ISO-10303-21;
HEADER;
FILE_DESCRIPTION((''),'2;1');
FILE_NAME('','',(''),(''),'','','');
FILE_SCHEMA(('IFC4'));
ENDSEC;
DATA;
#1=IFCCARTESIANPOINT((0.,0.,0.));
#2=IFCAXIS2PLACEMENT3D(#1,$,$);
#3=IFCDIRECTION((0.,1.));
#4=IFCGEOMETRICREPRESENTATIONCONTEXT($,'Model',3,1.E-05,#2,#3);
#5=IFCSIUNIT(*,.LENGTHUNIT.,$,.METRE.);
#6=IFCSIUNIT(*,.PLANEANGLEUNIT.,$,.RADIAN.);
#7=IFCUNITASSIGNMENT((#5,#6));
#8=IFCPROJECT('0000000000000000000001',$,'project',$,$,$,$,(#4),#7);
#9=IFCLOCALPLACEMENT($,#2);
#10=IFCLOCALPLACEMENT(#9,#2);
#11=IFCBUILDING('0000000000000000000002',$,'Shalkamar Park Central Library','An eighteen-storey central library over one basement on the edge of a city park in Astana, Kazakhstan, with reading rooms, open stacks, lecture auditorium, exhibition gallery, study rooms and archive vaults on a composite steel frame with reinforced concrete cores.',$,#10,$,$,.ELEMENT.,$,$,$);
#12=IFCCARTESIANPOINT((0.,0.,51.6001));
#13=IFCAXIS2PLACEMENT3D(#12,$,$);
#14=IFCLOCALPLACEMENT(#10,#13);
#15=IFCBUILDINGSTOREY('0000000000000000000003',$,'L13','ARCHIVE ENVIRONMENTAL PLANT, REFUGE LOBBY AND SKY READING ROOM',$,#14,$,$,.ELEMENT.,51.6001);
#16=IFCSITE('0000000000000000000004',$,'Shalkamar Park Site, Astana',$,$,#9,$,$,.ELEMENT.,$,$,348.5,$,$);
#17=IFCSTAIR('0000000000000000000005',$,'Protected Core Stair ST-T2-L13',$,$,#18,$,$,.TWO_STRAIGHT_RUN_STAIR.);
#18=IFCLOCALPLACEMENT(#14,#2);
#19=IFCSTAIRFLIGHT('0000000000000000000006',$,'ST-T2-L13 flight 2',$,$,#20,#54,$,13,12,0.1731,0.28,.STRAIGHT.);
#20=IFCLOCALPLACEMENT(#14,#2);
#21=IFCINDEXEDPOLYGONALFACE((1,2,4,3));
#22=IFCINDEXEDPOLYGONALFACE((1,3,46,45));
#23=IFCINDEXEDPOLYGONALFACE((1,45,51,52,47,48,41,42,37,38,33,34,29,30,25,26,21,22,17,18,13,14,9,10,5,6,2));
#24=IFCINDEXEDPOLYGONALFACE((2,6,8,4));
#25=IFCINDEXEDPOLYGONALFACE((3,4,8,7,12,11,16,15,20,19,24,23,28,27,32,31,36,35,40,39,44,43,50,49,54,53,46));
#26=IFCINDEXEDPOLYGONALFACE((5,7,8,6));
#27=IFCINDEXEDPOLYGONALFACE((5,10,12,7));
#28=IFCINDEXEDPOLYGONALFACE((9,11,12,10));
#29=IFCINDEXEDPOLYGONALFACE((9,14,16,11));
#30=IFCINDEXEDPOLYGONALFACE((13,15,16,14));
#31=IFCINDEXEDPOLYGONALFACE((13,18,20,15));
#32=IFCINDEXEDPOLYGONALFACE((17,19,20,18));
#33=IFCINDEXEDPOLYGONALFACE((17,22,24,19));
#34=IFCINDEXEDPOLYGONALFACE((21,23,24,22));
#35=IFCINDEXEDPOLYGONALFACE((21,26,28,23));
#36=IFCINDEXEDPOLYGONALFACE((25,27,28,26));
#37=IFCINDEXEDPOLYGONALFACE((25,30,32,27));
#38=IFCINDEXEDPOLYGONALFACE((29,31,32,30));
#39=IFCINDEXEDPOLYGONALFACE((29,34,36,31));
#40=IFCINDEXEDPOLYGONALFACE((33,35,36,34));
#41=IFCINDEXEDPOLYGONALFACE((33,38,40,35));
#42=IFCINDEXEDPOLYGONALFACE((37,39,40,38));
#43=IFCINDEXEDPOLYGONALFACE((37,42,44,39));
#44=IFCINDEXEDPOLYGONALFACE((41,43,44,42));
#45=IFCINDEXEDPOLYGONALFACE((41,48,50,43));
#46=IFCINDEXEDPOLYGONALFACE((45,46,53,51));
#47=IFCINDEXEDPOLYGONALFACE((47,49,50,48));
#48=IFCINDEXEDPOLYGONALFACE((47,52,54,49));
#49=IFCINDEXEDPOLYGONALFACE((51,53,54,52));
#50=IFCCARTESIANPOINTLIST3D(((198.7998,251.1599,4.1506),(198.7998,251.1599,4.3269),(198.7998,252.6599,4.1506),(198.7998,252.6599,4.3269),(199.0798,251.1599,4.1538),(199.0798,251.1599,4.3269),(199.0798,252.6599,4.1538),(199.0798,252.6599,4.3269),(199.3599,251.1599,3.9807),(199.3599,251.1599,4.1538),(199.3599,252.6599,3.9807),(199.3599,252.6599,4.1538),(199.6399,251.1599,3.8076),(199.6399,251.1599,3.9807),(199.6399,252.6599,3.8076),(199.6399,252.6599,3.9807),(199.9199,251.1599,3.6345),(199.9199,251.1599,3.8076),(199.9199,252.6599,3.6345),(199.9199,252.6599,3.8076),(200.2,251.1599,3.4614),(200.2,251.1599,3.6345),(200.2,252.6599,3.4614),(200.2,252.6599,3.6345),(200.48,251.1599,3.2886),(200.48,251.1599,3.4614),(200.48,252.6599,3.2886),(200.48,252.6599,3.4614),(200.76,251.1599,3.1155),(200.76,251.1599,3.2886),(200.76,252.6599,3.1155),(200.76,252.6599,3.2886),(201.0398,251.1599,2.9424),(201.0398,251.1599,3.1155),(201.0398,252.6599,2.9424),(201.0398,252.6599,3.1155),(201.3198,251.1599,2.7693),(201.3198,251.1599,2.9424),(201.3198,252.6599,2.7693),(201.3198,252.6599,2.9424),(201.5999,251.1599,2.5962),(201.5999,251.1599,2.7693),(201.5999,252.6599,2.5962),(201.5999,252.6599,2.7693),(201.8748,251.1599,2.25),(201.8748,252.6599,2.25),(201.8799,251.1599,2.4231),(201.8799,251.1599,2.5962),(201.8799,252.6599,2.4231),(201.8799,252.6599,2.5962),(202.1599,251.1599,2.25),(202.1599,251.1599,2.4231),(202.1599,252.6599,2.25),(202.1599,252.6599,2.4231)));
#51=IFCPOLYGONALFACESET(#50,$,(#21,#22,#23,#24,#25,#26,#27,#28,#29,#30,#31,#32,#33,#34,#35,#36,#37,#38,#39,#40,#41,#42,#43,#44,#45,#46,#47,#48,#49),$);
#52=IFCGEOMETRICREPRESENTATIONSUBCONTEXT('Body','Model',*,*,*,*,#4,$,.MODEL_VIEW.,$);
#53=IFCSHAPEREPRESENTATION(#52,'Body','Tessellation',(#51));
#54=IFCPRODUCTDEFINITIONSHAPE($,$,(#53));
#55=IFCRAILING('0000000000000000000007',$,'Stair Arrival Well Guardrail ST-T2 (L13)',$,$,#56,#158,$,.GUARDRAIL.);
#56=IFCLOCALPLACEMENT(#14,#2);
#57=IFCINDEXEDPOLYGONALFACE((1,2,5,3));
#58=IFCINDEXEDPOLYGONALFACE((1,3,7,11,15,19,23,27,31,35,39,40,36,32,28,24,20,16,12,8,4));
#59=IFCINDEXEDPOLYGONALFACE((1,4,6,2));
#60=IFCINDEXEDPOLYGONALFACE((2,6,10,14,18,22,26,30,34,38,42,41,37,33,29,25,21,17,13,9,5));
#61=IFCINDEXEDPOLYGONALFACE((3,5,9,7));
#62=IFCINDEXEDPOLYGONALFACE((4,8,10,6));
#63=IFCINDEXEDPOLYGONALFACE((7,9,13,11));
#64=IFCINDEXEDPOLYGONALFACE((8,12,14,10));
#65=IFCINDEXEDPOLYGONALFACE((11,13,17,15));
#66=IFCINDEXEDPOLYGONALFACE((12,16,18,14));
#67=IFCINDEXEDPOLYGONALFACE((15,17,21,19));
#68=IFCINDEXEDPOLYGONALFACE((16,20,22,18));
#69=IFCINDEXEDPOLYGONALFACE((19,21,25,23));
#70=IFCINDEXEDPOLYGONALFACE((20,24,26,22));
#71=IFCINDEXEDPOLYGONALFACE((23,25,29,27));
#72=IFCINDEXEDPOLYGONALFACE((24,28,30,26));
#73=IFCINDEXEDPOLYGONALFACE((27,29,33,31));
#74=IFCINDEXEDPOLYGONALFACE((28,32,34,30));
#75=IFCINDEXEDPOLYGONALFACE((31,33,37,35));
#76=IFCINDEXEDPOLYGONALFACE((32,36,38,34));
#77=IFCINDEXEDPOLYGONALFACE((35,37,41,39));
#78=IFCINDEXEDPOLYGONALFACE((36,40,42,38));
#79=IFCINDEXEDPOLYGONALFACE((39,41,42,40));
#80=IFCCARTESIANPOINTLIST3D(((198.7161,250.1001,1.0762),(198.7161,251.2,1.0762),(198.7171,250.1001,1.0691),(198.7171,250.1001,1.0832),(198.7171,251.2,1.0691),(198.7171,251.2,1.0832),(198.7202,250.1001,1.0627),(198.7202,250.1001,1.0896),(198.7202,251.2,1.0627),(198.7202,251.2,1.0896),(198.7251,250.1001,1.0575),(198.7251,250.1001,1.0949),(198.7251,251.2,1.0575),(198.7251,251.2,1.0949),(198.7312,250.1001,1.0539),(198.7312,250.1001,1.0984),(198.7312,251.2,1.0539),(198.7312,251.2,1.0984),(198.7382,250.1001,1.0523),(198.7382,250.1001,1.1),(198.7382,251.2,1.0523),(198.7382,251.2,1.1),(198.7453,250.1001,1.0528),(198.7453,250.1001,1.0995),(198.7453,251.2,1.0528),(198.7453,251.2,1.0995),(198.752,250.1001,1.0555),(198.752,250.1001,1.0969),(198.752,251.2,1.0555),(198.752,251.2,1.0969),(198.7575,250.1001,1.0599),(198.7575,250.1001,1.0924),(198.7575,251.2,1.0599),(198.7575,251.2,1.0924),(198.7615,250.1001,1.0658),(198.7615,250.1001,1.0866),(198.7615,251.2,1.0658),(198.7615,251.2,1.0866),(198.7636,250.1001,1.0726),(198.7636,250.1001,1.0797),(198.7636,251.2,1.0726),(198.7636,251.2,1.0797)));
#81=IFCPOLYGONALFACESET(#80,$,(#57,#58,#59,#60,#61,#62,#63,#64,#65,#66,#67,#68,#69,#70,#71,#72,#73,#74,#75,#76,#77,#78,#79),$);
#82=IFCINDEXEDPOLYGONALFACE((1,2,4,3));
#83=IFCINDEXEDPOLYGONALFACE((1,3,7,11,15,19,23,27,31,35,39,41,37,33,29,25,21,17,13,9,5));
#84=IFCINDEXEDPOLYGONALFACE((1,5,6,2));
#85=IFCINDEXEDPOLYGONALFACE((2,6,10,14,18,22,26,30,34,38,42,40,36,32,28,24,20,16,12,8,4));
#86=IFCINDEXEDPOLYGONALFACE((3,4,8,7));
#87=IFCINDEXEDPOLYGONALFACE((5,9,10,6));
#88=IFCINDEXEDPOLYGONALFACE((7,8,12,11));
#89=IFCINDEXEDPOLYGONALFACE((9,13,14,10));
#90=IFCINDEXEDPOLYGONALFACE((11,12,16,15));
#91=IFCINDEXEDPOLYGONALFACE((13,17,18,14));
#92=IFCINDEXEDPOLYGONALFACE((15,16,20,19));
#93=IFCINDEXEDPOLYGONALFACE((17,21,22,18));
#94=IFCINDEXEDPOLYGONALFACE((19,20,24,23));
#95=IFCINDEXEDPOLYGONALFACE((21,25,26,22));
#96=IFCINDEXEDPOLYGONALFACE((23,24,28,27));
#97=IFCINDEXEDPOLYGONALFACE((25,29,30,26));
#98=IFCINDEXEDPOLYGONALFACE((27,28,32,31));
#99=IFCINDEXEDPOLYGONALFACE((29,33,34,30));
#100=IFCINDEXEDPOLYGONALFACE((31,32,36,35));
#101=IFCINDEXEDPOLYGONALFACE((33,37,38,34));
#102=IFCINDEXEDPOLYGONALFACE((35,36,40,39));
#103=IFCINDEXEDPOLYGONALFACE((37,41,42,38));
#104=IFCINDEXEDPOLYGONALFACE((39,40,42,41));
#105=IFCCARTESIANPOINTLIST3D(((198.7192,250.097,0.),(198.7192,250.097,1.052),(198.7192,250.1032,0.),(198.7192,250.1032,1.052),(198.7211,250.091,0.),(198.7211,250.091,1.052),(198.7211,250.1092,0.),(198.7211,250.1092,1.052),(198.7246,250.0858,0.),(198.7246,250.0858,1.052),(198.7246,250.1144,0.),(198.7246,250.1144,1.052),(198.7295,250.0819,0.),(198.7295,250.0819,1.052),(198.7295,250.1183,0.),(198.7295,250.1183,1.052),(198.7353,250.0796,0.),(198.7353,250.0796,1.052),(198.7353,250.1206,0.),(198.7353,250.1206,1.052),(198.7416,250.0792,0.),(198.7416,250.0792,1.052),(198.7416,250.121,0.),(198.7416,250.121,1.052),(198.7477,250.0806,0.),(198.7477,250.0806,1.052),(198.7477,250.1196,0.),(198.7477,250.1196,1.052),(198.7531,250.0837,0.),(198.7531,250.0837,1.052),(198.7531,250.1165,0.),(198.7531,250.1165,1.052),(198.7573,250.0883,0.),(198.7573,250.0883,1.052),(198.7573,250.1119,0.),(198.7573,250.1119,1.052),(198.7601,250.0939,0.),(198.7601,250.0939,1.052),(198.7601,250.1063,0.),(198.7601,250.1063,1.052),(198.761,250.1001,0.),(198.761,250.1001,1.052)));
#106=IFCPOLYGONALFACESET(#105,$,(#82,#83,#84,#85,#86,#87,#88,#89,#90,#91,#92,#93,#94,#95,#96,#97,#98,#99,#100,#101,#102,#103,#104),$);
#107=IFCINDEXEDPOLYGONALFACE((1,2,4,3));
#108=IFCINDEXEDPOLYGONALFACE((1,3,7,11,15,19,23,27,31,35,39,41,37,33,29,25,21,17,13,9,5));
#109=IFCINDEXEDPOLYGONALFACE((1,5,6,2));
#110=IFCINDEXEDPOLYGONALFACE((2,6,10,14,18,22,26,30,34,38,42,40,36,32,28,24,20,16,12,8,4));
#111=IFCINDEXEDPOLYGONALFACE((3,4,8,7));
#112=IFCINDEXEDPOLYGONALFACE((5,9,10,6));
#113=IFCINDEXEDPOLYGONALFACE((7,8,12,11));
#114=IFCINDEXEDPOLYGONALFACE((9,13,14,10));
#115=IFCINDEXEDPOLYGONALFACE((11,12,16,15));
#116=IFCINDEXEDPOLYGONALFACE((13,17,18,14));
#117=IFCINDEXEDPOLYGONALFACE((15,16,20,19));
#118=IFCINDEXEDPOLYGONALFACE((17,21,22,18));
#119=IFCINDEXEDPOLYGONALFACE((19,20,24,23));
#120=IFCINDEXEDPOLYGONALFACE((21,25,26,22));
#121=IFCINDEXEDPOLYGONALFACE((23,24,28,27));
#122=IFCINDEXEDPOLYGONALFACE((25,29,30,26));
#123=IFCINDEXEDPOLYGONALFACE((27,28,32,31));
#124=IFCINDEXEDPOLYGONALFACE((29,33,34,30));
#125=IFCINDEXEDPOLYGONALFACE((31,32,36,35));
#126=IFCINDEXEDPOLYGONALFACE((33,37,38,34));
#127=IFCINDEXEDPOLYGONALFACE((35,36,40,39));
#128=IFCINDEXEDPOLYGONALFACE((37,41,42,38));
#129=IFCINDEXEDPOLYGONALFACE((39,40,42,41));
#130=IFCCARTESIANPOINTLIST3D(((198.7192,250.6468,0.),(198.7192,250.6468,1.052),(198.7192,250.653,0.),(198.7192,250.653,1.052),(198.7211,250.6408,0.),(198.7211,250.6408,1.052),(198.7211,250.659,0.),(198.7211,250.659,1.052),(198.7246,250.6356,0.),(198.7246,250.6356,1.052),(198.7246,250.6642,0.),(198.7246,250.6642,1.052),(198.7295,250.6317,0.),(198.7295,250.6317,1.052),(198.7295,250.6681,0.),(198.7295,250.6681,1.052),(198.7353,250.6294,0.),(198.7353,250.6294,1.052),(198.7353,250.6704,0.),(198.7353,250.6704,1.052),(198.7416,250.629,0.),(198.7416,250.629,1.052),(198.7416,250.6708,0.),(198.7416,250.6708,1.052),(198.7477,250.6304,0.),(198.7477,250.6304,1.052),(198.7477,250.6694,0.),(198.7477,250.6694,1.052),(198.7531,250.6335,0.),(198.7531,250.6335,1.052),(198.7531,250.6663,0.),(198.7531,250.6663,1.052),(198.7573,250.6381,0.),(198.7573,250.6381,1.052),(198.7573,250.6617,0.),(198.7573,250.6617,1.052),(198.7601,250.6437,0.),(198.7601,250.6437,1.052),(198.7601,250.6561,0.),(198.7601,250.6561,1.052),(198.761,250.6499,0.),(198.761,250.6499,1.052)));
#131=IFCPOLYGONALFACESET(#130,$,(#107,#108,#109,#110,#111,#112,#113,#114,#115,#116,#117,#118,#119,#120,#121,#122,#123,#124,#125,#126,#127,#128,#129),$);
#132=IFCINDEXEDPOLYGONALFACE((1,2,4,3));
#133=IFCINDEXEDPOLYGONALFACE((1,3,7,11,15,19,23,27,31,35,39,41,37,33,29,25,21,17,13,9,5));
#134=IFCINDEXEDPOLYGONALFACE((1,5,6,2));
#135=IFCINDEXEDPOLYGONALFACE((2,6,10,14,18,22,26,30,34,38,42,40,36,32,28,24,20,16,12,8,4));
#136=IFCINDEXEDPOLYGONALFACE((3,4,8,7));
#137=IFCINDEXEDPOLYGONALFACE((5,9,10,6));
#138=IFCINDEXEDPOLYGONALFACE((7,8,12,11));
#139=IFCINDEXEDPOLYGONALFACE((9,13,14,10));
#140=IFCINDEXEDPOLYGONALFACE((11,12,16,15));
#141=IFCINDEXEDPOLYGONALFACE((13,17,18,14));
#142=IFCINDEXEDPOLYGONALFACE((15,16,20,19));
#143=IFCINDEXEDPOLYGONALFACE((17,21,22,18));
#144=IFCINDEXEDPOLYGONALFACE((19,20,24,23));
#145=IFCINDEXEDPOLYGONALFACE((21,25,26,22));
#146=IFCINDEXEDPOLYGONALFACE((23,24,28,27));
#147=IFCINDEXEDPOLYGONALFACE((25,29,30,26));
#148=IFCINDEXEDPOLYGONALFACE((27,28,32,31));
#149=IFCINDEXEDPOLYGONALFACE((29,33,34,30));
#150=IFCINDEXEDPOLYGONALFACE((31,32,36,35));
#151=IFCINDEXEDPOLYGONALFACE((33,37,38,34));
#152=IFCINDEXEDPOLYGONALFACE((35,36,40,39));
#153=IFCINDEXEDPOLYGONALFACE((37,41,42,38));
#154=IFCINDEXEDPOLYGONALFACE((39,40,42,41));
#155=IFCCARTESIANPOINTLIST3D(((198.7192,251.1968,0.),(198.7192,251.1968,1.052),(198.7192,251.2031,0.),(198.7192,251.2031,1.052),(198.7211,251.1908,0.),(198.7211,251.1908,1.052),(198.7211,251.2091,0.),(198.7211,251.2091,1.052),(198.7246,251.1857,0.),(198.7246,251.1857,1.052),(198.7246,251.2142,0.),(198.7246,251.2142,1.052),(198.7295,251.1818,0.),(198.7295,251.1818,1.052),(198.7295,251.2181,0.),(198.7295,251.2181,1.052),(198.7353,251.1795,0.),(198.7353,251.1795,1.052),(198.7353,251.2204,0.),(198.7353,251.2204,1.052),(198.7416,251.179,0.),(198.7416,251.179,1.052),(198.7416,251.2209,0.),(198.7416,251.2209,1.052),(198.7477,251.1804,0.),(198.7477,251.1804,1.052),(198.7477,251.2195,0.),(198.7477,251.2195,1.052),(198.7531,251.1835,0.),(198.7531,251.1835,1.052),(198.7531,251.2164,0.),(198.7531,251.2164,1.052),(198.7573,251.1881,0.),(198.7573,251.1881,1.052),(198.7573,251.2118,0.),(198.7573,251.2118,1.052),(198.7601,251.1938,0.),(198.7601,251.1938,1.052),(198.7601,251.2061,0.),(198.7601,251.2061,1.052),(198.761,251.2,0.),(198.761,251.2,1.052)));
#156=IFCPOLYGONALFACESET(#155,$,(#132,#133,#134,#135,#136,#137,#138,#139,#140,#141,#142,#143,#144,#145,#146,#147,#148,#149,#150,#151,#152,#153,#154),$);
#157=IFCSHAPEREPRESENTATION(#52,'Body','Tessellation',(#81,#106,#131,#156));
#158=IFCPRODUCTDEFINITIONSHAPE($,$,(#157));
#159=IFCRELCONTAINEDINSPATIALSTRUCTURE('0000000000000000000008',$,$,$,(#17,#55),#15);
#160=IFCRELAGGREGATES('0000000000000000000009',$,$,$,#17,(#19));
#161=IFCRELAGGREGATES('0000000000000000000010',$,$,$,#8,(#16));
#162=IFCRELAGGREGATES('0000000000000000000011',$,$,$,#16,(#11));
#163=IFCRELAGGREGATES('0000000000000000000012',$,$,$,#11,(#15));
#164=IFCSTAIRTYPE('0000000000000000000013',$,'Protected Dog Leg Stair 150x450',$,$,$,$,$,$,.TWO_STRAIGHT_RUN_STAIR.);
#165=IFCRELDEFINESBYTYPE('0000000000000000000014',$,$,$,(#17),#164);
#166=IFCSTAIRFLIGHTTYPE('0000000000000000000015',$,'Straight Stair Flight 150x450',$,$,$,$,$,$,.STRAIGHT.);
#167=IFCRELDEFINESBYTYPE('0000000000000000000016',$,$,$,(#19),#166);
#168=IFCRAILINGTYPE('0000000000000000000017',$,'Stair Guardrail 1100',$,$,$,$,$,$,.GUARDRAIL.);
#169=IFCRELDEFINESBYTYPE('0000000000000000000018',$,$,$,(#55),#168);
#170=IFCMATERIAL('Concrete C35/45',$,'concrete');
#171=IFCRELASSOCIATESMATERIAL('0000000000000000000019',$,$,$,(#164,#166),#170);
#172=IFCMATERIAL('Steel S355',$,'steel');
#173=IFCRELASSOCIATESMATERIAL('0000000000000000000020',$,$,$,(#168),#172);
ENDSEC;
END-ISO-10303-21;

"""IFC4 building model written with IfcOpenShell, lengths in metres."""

from ifc_helpers import new_model, si_unit, direction, frame, origin, origin_2d, place, context, subcontext, project, spatial, polyline, circle, outline, extrude, material, type_object, element, aggregate, save


model = new_model("IFC4")

# Units and contexts
model_context = context("Model", 3, precision=1e-05, world=origin(), true_north=direction((0.0, 1.0)))
body_context = subcontext(model_context, "Body", "Model", "MODEL_VIEW")
ifc_project = project(units=[si_unit("LENGTHUNIT", "METRE"), si_unit("PLANEANGLEUNIT", "RADIAN")], contexts=[model_context])

# Site, building, storey
site_placement = place(None, origin())
site = spatial("IfcSite", under=ifc_project, at=site_placement, Name="Shalkamar Park Site, Astana", CompositionType="ELEMENT", RefElevation=348.5)
building_placement = place(site_placement, origin())
building = spatial("IfcBuilding", under=site, at=building_placement, Name="Shalkamar Park Central Library", Description="An eighteen-storey central library over one basement on the edge of a city park in Astana, Kazakhstan, with reading rooms, open stacks, lecture auditorium, exhibition gallery, study rooms and archive vaults on a composite steel frame with reinforced concrete cores.", CompositionType="ELEMENT")
storey_placement = place(building_placement, frame((0.0, 0.0, 51.6001)))
storey = spatial("IfcBuildingStorey", under=building, at=storey_placement, Name="L13", Description="ARCHIVE ENVIRONMENTAL PLANT, REFUGE LOBBY AND SKY READING ROOM", CompositionType="ELEMENT", Elevation=51.6001)

# Shared definitions
ifc_material_1 = material(Name="Steel S355", Category="steel")

# Stair, stair flight
ifc_material_2 = material(Name="Concrete C35/45", Category="concrete")
stair_type = type_object("IfcStairType", Name="Protected Dog Leg Stair 150x450", PredefinedType="TWO_STRAIGHT_RUN_STAIR", material=ifc_material_2)
stair_placement = place(storey_placement, origin())
stair = element("IfcStair", 1, at=stair_placement, inside=storey, type_object=stair_type, Name="Protected Core Stair ST-T2-L13", PredefinedType="TWO_STRAIGHT_RUN_STAIR")
stair_flight_type = type_object("IfcStairFlightType", Name="Straight Stair Flight 150x450", PredefinedType="STRAIGHT", material=ifc_material_2)
stair_flight_1_placement = place(storey_placement, frame((202.1599, 251.9099, 2.25), z_axis=(0.0, 0.0, 1.0), x_axis=(-1.0, 0.0, 0.0)))
stair_flight_1 = element("IfcStairFlight", 2, at=stair_flight_1_placement, type_object=stair_flight_type, Name="ST-T2-L13 flight 2", NumberOfRisers=13, NumberOfTreads=12, PredefinedType="STRAIGHT", RiserHeight=0.1731, TreadLength=0.28, context=body_context, shape_type="SweptSolid", body=[
    extrude(outline(polyline([(0.0, 0.0), (0.0, 0.1731), (0.28, 0.1731), (0.28, 0.3462), (0.5601, 0.3462), (0.5601, 0.5193), (0.8401, 0.5193), (0.8401, 0.6924), (1.1201, 0.6924), (1.1201, 0.8655), (1.3999, 0.8655), (1.3999, 1.0386), (1.6799, 1.0386), (1.6799, 1.2114), (1.96, 1.2114), (1.96, 1.3845), (2.24, 1.3845), (2.24, 1.5576), (2.52, 1.5576), (2.52, 1.7307), (2.8, 1.7307), (2.8, 1.9038), (3.0801, 1.9038), (3.0801, 2.0769), (3.3601, 2.0769), (3.3601, 2.25), (3.3601, 1.9006), (0.2852, 0.0), (0.0, 0.0)])), frame((0.0, 0.75, 0.0), z_axis=(0.0, -1.0, 0.0), x_axis=(1.0, 0.0, 0.0)), (0.0, 0.0, 1.0), 1.5),
])
aggregate(stair, [stair_flight_1])

# Railing
railing_type_1 = type_object("IfcRailingType", Name="Stair Guardrail 1100", PredefinedType="GUARDRAIL", material=ifc_material_1)
railing_1_placement = place(storey_placement, frame((198.74, 250.1001, 0.0)))
element("IfcRailing", 3, at=railing_1_placement, inside=storey, type_object=railing_type_1, Name="Stair Arrival Well Guardrail ST-T2 (L13)", PredefinedType="GUARDRAIL", context=body_context, shape_type="SweptSolid", body=[
    extrude(circle(Radius=0.0239, at=origin_2d()), frame((0.0, 0.0, 1.0762), z_axis=(0.0, 1.0, 0.0), x_axis=(-1.0, 0.0, 0.0)), (0.0, 0.0, 1.0), 1.0999),
    extrude(circle(Radius=0.021, at=origin_2d()), origin(), (0.0, 0.0, 1.0), 1.052),
    extrude(circle(Radius=0.021, at=origin_2d()), frame((0.0, 0.5498, 0.0)), (0.0, 0.0, 1.0), 1.052),
    extrude(circle(Radius=0.021, at=origin_2d()), frame((0.0, 1.0999, 0.0)), (0.0, 0.0, 1.0), 1.052),
])

save(model, "model.ifc")
